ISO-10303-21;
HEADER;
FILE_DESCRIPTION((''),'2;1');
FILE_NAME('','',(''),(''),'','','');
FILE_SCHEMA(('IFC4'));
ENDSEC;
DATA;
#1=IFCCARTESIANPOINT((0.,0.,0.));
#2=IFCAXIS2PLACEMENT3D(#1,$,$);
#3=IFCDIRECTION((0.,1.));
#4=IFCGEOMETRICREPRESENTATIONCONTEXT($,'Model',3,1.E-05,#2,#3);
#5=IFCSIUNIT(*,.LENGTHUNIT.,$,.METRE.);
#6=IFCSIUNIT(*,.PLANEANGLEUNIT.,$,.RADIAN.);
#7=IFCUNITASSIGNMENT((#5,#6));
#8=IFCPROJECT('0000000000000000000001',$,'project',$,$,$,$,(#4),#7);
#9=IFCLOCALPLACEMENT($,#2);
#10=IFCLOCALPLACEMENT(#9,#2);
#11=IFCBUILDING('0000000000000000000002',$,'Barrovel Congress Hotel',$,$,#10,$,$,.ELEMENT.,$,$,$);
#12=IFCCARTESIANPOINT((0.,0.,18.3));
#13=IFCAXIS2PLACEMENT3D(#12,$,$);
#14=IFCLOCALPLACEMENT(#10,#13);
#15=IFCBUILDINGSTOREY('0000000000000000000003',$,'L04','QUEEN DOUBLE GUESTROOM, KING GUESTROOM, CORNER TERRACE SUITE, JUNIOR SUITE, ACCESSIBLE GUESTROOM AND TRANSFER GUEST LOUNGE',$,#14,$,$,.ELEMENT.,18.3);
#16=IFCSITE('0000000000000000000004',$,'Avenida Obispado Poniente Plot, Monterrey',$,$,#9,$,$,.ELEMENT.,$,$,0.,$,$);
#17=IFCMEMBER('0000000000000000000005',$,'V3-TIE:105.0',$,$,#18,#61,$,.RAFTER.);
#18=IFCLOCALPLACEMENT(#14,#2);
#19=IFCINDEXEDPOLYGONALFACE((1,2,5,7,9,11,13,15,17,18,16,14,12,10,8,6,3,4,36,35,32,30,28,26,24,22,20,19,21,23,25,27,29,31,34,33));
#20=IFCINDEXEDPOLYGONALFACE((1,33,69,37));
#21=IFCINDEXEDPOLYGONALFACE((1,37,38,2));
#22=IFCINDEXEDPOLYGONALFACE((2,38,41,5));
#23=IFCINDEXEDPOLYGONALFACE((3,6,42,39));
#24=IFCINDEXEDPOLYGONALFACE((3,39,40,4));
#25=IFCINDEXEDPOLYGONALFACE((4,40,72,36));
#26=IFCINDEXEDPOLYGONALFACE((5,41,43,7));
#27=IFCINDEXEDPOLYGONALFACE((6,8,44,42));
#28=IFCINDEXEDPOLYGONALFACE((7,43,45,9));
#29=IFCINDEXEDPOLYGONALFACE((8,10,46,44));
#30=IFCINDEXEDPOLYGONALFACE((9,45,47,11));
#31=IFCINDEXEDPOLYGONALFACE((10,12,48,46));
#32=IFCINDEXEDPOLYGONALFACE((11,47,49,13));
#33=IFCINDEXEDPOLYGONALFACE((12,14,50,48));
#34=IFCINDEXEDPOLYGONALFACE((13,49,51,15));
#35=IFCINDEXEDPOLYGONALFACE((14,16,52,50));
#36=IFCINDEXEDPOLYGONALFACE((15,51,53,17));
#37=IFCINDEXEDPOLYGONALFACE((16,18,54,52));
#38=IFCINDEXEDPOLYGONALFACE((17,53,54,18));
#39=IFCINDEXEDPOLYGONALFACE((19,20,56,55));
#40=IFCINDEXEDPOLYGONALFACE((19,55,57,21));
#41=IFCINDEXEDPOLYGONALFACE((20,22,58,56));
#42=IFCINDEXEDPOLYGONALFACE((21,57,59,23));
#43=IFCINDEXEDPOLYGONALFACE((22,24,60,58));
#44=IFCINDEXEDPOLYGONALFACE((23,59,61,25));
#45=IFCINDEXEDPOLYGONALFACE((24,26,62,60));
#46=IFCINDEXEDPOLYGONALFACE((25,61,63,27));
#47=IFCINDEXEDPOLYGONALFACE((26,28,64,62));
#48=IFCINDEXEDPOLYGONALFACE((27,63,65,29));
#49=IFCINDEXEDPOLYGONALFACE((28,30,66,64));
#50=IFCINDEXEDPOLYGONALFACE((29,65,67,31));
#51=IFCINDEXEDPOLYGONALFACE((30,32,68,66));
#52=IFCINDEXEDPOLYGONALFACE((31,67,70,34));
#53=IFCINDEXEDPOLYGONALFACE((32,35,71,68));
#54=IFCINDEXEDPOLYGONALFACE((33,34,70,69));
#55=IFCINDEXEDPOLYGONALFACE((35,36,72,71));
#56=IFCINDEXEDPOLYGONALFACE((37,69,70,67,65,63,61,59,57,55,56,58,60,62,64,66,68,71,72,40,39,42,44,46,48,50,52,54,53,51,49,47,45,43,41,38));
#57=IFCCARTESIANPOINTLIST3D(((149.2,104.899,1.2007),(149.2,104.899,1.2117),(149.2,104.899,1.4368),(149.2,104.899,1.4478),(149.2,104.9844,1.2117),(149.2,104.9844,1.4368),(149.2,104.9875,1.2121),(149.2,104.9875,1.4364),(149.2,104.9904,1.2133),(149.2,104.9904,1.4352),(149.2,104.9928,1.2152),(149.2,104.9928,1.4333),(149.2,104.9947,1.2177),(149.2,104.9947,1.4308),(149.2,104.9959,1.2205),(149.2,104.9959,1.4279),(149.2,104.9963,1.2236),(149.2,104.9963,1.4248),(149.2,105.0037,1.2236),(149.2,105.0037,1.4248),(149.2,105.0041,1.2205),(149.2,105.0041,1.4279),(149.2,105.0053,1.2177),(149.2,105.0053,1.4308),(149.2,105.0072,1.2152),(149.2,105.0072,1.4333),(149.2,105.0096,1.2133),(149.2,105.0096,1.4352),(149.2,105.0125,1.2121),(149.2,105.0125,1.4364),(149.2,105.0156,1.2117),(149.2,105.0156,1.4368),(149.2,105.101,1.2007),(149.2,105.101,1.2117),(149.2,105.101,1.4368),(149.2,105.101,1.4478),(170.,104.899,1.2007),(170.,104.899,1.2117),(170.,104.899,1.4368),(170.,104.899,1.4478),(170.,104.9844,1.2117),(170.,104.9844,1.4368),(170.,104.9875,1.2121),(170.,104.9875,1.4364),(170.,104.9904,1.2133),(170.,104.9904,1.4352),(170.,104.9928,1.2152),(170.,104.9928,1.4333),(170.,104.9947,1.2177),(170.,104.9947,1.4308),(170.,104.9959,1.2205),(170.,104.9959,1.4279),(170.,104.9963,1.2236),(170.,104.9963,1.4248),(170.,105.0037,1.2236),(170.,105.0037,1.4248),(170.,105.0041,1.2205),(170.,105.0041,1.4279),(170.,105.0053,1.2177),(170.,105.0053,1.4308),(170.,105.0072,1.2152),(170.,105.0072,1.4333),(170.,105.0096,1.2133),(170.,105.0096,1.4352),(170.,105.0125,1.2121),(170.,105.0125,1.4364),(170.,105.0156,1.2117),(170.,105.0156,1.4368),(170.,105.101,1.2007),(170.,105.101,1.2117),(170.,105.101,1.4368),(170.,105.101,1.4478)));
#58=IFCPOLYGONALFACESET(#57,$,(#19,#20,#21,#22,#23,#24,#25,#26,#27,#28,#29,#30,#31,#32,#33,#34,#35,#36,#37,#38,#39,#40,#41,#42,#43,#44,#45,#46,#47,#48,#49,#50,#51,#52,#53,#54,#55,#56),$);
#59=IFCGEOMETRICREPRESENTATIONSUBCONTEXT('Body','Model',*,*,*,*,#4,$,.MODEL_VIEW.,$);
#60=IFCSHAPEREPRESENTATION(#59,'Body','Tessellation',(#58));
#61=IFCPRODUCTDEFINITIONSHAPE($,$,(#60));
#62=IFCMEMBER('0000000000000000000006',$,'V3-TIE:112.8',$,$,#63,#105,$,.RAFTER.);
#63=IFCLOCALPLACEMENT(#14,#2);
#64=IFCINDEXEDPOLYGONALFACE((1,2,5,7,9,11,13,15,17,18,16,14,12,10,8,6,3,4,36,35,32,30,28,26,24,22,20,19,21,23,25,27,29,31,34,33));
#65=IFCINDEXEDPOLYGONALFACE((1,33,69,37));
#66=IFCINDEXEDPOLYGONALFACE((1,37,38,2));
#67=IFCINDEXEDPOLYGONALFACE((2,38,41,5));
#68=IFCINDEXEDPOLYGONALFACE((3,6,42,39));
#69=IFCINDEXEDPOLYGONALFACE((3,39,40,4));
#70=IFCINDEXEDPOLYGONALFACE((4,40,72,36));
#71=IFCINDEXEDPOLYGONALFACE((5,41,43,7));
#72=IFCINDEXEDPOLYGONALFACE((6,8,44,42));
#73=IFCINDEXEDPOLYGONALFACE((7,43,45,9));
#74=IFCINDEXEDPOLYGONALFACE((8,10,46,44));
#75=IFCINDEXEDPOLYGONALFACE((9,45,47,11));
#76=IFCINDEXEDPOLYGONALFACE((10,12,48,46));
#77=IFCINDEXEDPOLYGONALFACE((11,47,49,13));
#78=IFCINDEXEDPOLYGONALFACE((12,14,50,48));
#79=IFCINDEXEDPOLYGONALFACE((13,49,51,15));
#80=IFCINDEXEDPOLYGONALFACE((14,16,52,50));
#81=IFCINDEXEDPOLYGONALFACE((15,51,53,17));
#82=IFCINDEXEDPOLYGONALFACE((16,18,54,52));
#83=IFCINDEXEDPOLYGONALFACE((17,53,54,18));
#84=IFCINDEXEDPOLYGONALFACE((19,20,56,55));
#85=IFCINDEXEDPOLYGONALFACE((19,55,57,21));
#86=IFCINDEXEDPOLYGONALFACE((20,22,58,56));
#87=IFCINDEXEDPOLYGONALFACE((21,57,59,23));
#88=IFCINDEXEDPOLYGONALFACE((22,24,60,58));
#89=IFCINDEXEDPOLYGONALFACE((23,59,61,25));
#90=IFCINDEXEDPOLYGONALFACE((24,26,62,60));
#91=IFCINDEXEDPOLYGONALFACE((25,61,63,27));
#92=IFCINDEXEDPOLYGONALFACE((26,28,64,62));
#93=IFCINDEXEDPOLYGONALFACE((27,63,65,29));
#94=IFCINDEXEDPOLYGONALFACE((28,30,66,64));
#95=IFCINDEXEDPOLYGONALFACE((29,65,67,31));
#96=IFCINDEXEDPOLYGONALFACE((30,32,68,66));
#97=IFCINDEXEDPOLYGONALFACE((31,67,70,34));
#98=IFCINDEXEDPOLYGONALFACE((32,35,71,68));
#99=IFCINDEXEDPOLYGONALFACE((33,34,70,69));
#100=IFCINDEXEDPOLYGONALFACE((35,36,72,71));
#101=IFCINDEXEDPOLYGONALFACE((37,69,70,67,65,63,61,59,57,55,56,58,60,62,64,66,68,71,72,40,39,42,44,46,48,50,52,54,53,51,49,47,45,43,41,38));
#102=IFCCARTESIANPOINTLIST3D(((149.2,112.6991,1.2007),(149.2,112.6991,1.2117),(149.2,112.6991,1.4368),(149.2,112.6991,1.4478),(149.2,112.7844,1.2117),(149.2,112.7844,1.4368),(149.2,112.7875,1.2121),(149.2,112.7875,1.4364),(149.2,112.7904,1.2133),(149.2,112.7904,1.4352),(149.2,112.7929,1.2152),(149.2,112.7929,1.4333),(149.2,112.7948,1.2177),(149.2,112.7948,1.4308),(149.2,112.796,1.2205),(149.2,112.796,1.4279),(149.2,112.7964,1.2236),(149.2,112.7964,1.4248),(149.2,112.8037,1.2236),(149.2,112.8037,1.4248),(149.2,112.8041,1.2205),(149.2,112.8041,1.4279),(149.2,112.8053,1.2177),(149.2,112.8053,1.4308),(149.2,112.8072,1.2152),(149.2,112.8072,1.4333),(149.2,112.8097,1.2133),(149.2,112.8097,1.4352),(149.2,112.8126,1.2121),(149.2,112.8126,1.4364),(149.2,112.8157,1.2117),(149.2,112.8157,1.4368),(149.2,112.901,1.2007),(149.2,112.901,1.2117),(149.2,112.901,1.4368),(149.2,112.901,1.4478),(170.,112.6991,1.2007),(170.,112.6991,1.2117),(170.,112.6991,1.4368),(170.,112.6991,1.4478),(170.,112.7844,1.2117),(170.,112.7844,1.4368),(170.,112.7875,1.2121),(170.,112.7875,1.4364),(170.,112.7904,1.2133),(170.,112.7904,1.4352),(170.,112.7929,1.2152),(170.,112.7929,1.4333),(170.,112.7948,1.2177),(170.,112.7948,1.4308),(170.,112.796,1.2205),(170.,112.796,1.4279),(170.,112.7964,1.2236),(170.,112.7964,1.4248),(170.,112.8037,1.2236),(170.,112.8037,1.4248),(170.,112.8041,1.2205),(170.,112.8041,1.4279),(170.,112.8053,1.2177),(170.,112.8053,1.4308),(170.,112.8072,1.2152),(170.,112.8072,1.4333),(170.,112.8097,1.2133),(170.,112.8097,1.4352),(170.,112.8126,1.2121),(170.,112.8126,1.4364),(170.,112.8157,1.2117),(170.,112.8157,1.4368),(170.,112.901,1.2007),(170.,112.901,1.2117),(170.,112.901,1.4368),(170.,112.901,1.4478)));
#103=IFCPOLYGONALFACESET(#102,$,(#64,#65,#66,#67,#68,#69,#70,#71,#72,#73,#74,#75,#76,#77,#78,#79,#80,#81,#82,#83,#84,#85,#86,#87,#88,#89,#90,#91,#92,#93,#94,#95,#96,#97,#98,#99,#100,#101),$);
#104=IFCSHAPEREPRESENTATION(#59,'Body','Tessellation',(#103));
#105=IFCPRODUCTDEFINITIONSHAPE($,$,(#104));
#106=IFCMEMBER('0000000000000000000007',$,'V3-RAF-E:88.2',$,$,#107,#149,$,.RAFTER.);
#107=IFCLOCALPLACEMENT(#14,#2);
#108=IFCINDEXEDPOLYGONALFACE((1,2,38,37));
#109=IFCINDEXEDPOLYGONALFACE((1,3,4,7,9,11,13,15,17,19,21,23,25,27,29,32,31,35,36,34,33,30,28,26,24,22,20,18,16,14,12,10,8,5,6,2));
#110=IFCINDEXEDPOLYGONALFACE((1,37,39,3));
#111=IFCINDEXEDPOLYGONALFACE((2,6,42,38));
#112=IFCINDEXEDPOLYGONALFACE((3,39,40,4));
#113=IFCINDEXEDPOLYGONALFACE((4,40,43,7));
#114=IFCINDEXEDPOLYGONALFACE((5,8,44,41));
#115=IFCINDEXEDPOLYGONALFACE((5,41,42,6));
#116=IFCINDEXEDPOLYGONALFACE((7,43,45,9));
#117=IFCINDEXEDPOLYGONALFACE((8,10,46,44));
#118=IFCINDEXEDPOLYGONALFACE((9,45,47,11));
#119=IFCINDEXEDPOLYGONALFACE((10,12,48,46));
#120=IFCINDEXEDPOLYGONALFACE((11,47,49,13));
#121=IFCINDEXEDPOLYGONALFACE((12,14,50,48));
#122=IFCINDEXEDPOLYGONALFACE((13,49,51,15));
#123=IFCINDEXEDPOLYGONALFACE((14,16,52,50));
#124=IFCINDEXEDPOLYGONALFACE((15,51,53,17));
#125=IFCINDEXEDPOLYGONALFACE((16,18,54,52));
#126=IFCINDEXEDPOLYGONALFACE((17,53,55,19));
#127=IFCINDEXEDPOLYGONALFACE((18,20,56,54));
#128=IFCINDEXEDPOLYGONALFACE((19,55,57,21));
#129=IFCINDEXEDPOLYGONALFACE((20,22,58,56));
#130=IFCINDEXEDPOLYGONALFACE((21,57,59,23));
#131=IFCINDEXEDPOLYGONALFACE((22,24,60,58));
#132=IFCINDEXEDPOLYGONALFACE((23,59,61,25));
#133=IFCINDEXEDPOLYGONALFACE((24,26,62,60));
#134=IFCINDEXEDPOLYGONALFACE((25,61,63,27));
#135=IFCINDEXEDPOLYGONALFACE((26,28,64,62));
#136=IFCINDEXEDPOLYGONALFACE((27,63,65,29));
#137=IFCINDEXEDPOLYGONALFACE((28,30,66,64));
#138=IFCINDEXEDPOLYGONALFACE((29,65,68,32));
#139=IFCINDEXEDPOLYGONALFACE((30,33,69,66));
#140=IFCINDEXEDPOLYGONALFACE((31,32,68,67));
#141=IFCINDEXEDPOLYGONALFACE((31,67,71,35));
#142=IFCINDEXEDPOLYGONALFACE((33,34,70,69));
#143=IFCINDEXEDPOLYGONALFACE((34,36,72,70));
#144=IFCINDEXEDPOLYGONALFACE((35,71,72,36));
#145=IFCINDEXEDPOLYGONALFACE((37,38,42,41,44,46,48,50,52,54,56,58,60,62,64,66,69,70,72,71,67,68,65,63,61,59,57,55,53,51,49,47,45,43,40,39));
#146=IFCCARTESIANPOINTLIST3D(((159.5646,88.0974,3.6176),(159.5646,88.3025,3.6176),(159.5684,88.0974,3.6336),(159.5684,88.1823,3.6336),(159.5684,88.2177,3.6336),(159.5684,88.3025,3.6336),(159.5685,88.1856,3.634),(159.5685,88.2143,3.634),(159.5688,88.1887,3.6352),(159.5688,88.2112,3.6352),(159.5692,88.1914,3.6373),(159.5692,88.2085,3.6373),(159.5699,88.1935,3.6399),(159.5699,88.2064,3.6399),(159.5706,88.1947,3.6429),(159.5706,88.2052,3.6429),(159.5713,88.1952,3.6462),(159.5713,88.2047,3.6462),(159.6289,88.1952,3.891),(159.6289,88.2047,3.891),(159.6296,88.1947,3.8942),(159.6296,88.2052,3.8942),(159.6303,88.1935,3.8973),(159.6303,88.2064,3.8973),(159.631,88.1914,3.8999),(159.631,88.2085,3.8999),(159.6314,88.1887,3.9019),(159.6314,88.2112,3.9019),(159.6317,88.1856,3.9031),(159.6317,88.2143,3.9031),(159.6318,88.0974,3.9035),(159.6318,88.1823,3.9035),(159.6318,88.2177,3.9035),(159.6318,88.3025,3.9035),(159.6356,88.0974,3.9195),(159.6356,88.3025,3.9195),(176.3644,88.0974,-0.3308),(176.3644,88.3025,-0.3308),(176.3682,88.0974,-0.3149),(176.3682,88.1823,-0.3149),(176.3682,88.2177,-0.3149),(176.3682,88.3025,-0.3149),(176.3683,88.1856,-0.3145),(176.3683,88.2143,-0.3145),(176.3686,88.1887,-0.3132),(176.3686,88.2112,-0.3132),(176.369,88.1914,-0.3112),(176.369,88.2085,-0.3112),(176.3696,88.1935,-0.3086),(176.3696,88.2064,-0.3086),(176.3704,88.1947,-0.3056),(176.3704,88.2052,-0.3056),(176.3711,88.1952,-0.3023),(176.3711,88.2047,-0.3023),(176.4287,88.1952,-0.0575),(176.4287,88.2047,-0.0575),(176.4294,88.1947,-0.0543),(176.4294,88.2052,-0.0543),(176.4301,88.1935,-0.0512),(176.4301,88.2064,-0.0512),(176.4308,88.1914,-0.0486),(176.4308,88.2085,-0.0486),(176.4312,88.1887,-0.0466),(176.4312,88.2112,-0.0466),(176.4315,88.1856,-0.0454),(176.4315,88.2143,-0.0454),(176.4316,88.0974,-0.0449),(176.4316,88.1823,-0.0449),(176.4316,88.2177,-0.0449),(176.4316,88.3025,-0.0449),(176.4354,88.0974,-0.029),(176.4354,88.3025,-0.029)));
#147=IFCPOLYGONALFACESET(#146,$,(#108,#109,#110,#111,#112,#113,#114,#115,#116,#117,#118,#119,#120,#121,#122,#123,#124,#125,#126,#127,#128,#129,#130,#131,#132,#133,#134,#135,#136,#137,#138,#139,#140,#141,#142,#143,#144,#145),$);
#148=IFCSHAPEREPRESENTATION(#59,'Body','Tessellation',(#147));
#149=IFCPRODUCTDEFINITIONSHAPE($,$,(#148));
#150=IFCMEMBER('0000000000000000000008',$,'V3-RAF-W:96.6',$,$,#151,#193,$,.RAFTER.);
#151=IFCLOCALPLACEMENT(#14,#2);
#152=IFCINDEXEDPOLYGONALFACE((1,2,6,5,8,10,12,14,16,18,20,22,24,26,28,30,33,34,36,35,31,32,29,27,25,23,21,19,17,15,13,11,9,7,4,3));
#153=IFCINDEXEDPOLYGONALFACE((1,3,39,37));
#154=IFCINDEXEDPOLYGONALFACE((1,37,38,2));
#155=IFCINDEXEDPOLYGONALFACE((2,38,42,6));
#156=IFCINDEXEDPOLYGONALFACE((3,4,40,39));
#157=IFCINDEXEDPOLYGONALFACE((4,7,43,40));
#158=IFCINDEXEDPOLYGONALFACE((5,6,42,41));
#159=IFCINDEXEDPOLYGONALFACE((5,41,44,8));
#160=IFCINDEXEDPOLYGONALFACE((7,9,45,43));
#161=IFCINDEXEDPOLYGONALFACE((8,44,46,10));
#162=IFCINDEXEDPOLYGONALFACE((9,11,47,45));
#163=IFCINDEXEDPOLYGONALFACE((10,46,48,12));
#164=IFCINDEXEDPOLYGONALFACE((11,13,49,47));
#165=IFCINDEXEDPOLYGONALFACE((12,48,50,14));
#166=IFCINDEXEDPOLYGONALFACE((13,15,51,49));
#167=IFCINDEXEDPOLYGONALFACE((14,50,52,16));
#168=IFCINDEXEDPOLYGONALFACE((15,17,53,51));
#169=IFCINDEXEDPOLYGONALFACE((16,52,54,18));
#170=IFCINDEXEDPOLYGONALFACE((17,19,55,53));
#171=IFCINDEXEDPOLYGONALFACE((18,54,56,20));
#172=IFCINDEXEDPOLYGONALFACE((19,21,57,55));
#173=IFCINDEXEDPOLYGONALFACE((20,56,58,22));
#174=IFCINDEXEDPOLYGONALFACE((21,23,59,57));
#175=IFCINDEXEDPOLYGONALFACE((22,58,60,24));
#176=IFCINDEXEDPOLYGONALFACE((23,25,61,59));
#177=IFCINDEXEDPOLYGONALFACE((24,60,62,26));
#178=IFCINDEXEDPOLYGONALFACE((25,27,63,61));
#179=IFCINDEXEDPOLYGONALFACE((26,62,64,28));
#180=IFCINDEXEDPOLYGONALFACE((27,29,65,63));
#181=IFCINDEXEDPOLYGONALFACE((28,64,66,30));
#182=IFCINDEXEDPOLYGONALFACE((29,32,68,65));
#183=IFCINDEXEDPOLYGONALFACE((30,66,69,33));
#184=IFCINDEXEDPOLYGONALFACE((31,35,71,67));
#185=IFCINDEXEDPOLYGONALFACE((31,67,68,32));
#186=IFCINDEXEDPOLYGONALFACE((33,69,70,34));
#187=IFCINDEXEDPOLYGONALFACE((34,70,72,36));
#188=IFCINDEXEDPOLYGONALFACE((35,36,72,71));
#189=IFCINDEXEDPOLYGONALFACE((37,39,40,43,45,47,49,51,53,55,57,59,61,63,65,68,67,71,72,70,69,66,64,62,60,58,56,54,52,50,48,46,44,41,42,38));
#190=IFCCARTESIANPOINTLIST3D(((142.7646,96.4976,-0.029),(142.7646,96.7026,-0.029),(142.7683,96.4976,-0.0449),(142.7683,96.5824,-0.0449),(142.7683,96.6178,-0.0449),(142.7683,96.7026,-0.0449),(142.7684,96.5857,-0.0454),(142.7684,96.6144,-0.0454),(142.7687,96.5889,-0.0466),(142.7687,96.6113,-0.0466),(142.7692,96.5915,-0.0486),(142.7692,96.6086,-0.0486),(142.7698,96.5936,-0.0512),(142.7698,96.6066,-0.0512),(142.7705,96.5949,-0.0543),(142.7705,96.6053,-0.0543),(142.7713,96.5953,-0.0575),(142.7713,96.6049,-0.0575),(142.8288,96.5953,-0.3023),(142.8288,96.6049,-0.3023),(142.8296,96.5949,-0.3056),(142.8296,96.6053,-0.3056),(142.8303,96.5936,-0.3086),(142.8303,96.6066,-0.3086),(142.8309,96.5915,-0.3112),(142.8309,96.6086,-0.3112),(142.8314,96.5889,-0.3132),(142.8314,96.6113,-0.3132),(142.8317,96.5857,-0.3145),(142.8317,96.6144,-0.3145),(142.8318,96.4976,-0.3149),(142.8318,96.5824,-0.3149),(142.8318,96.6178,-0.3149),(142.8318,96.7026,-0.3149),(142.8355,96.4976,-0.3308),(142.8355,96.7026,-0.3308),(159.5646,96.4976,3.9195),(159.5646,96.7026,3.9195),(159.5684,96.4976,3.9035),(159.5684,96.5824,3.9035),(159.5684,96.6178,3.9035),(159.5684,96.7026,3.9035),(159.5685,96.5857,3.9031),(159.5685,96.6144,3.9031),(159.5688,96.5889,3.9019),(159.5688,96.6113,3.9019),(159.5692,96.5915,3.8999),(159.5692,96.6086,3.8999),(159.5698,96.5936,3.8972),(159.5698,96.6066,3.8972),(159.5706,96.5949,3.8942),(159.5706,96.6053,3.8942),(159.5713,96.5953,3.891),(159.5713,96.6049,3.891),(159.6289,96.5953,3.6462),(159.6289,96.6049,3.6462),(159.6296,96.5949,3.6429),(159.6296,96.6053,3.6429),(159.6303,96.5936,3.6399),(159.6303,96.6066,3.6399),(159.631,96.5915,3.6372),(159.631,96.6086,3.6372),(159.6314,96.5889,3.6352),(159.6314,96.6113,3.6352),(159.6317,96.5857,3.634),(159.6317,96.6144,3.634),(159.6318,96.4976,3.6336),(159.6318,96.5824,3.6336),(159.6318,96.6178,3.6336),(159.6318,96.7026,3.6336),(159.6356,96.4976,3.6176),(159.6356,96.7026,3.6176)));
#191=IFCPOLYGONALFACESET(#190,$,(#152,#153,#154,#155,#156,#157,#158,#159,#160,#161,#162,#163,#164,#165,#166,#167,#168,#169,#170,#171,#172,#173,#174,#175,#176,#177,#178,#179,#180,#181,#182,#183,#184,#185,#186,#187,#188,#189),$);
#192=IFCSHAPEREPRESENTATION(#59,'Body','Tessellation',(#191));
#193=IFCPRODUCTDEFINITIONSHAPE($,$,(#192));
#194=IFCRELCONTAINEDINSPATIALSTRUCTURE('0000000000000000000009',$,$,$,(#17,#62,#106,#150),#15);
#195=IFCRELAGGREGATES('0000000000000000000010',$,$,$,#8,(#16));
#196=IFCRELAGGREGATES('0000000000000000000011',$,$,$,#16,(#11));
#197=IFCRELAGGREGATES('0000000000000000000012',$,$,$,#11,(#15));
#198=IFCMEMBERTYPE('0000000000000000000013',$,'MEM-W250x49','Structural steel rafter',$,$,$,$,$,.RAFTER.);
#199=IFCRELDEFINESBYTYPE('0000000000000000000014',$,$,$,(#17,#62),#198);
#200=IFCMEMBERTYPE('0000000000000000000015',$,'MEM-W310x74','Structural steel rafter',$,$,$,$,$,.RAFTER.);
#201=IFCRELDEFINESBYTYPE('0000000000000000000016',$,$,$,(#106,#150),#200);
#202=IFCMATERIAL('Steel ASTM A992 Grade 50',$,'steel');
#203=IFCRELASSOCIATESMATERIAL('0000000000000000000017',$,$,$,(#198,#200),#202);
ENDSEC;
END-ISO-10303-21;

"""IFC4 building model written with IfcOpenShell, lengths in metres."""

from ifc_helpers import new_model, si_unit, direction, frame, origin, origin_2d, place, context, subcontext, project, spatial, i_section, extrude, material, material_profile, profile_set, type_object, element, save


model = new_model("IFC4")

# Units and contexts
model_context = context("Model", 3, precision=1e-05, world=origin(), true_north=direction((0.0, 1.0)))
body_context = subcontext(model_context, "Body", "Model", "MODEL_VIEW")
ifc_project = project(units=[si_unit("LENGTHUNIT", "METRE"), si_unit("PLANEANGLEUNIT", "RADIAN")], contexts=[model_context])

# Site, building, storey
site_placement = place(None, origin())
site = spatial("IfcSite", under=ifc_project, at=site_placement, Name="Avenida Obispado Poniente Plot, Monterrey", CompositionType="ELEMENT", RefElevation=0.0)
building_placement = place(site_placement, origin())
building = spatial("IfcBuilding", under=site, at=building_placement, Name="Barrovel Congress Hotel", CompositionType="ELEMENT")
storey_placement = place(building_placement, frame((0.0, 0.0, 18.3)))
storey = spatial("IfcBuildingStorey", under=building, at=storey_placement, Name="L04", Description="QUEEN DOUBLE GUESTROOM, KING GUESTROOM, CORNER TERRACE SUITE, JUNIOR SUITE, ACCESSIBLE GUESTROOM AND TRANSFER GUEST LOUNGE", CompositionType="ELEMENT", Elevation=18.3)

# Members
ifc_material_1 = material(Name="Steel ASTM A992 Grade 50", Category="steel")
ifc_material_profile_1 = material_profile(ifc_material_1, i_section(OverallWidth=0.2019, OverallDepth=0.2471, WebThickness=0.0073, FlangeThickness=0.011, FilletRadius=0.012, at=origin_2d()), Name="W250x49")
ifc_profile_set_1 = profile_set([ifc_material_profile_1], Name="Steel ASTM A992 Grade 50")
member_type_1 = type_object("IfcMemberType", Name="MEM-W250x49", Description="Structural steel rafter", PredefinedType="RAFTER", material=ifc_profile_set_1)
for number, where, z_axis, x_axis, name in (
    (1, (149.2, 105.0, 1.3242), (1.0, 0.0, 0.0), (0.0, 1.0, 0.0), "V3-TIE:105.0"),
    (2, (149.2, 112.8, 1.3242), (1.0, 0.0, 0.0), (0.0, 1.0, 0.0), "V3-TIE:112.8"),
):
    element("IfcMember", number, at=place(storey_placement, frame(where, z_axis=z_axis, x_axis=x_axis)), inside=storey, type_object=member_type_1, Name=name, PredefinedType="RAFTER", context=body_context, shape_type="SweptSolid", body=[
        extrude(i_section(OverallWidth=0.2019, OverallDepth=0.2471, WebThickness=0.0073, FlangeThickness=0.011, FilletRadius=0.012, at=origin_2d()), origin(), (0.0, 0.0, 1.0), 20.8),
    ])
ifc_material_profile_2 = material_profile(ifc_material_1, i_section(OverallWidth=0.2051, OverallDepth=0.3101, WebThickness=0.0095, FlangeThickness=0.0164, FilletRadius=0.0129, at=origin_2d()), Name="W310x74")
ifc_profile_set_2 = profile_set([ifc_material_profile_2], Name="Steel ASTM A992 Grade 50")
member_type_2 = type_object("IfcMemberType", Name="MEM-W310x74", Description="Structural steel rafter", PredefinedType="RAFTER", material=ifc_profile_set_2)
member_1_placement = place(storey_placement, frame((159.6001, 88.2, 3.7686), z_axis=(0.973474, 0.0, -0.228797), x_axis=(0.0, 1.0, 0.0)))
element("IfcMember", 3, at=member_1_placement, inside=storey, type_object=member_type_2, Name="V3-RAF-E:88.2", PredefinedType="RAFTER", context=body_context, shape_type="SweptSolid", body=[
    extrude(i_section(OverallWidth=0.2051, OverallDepth=0.3101, WebThickness=0.0095, FlangeThickness=0.0164, FilletRadius=0.0129, at=origin_2d()), origin(), (0.0, 0.0, 1.0), 17.2576),
])
for number, where, z_axis, x_axis, name in (
    (4, (142.8, 96.6001, -0.1799), (0.973475, 0.0, 0.228794), (0.0, 1.0, 0.0), "V3-RAF-W:96.6"),
):
    element("IfcMember", number, at=place(storey_placement, frame(where, z_axis=z_axis, x_axis=x_axis)), inside=storey, type_object=member_type_2, Name=name, PredefinedType="RAFTER", context=body_context, shape_type="SweptSolid", body=[
        extrude(i_section(OverallWidth=0.2051, OverallDepth=0.3101, WebThickness=0.0095, FlangeThickness=0.0164, FilletRadius=0.0129, at=origin_2d()), origin(), (0.0, 0.0, 1.0), 17.2578),
    ])

save(model, "model.ifc")
